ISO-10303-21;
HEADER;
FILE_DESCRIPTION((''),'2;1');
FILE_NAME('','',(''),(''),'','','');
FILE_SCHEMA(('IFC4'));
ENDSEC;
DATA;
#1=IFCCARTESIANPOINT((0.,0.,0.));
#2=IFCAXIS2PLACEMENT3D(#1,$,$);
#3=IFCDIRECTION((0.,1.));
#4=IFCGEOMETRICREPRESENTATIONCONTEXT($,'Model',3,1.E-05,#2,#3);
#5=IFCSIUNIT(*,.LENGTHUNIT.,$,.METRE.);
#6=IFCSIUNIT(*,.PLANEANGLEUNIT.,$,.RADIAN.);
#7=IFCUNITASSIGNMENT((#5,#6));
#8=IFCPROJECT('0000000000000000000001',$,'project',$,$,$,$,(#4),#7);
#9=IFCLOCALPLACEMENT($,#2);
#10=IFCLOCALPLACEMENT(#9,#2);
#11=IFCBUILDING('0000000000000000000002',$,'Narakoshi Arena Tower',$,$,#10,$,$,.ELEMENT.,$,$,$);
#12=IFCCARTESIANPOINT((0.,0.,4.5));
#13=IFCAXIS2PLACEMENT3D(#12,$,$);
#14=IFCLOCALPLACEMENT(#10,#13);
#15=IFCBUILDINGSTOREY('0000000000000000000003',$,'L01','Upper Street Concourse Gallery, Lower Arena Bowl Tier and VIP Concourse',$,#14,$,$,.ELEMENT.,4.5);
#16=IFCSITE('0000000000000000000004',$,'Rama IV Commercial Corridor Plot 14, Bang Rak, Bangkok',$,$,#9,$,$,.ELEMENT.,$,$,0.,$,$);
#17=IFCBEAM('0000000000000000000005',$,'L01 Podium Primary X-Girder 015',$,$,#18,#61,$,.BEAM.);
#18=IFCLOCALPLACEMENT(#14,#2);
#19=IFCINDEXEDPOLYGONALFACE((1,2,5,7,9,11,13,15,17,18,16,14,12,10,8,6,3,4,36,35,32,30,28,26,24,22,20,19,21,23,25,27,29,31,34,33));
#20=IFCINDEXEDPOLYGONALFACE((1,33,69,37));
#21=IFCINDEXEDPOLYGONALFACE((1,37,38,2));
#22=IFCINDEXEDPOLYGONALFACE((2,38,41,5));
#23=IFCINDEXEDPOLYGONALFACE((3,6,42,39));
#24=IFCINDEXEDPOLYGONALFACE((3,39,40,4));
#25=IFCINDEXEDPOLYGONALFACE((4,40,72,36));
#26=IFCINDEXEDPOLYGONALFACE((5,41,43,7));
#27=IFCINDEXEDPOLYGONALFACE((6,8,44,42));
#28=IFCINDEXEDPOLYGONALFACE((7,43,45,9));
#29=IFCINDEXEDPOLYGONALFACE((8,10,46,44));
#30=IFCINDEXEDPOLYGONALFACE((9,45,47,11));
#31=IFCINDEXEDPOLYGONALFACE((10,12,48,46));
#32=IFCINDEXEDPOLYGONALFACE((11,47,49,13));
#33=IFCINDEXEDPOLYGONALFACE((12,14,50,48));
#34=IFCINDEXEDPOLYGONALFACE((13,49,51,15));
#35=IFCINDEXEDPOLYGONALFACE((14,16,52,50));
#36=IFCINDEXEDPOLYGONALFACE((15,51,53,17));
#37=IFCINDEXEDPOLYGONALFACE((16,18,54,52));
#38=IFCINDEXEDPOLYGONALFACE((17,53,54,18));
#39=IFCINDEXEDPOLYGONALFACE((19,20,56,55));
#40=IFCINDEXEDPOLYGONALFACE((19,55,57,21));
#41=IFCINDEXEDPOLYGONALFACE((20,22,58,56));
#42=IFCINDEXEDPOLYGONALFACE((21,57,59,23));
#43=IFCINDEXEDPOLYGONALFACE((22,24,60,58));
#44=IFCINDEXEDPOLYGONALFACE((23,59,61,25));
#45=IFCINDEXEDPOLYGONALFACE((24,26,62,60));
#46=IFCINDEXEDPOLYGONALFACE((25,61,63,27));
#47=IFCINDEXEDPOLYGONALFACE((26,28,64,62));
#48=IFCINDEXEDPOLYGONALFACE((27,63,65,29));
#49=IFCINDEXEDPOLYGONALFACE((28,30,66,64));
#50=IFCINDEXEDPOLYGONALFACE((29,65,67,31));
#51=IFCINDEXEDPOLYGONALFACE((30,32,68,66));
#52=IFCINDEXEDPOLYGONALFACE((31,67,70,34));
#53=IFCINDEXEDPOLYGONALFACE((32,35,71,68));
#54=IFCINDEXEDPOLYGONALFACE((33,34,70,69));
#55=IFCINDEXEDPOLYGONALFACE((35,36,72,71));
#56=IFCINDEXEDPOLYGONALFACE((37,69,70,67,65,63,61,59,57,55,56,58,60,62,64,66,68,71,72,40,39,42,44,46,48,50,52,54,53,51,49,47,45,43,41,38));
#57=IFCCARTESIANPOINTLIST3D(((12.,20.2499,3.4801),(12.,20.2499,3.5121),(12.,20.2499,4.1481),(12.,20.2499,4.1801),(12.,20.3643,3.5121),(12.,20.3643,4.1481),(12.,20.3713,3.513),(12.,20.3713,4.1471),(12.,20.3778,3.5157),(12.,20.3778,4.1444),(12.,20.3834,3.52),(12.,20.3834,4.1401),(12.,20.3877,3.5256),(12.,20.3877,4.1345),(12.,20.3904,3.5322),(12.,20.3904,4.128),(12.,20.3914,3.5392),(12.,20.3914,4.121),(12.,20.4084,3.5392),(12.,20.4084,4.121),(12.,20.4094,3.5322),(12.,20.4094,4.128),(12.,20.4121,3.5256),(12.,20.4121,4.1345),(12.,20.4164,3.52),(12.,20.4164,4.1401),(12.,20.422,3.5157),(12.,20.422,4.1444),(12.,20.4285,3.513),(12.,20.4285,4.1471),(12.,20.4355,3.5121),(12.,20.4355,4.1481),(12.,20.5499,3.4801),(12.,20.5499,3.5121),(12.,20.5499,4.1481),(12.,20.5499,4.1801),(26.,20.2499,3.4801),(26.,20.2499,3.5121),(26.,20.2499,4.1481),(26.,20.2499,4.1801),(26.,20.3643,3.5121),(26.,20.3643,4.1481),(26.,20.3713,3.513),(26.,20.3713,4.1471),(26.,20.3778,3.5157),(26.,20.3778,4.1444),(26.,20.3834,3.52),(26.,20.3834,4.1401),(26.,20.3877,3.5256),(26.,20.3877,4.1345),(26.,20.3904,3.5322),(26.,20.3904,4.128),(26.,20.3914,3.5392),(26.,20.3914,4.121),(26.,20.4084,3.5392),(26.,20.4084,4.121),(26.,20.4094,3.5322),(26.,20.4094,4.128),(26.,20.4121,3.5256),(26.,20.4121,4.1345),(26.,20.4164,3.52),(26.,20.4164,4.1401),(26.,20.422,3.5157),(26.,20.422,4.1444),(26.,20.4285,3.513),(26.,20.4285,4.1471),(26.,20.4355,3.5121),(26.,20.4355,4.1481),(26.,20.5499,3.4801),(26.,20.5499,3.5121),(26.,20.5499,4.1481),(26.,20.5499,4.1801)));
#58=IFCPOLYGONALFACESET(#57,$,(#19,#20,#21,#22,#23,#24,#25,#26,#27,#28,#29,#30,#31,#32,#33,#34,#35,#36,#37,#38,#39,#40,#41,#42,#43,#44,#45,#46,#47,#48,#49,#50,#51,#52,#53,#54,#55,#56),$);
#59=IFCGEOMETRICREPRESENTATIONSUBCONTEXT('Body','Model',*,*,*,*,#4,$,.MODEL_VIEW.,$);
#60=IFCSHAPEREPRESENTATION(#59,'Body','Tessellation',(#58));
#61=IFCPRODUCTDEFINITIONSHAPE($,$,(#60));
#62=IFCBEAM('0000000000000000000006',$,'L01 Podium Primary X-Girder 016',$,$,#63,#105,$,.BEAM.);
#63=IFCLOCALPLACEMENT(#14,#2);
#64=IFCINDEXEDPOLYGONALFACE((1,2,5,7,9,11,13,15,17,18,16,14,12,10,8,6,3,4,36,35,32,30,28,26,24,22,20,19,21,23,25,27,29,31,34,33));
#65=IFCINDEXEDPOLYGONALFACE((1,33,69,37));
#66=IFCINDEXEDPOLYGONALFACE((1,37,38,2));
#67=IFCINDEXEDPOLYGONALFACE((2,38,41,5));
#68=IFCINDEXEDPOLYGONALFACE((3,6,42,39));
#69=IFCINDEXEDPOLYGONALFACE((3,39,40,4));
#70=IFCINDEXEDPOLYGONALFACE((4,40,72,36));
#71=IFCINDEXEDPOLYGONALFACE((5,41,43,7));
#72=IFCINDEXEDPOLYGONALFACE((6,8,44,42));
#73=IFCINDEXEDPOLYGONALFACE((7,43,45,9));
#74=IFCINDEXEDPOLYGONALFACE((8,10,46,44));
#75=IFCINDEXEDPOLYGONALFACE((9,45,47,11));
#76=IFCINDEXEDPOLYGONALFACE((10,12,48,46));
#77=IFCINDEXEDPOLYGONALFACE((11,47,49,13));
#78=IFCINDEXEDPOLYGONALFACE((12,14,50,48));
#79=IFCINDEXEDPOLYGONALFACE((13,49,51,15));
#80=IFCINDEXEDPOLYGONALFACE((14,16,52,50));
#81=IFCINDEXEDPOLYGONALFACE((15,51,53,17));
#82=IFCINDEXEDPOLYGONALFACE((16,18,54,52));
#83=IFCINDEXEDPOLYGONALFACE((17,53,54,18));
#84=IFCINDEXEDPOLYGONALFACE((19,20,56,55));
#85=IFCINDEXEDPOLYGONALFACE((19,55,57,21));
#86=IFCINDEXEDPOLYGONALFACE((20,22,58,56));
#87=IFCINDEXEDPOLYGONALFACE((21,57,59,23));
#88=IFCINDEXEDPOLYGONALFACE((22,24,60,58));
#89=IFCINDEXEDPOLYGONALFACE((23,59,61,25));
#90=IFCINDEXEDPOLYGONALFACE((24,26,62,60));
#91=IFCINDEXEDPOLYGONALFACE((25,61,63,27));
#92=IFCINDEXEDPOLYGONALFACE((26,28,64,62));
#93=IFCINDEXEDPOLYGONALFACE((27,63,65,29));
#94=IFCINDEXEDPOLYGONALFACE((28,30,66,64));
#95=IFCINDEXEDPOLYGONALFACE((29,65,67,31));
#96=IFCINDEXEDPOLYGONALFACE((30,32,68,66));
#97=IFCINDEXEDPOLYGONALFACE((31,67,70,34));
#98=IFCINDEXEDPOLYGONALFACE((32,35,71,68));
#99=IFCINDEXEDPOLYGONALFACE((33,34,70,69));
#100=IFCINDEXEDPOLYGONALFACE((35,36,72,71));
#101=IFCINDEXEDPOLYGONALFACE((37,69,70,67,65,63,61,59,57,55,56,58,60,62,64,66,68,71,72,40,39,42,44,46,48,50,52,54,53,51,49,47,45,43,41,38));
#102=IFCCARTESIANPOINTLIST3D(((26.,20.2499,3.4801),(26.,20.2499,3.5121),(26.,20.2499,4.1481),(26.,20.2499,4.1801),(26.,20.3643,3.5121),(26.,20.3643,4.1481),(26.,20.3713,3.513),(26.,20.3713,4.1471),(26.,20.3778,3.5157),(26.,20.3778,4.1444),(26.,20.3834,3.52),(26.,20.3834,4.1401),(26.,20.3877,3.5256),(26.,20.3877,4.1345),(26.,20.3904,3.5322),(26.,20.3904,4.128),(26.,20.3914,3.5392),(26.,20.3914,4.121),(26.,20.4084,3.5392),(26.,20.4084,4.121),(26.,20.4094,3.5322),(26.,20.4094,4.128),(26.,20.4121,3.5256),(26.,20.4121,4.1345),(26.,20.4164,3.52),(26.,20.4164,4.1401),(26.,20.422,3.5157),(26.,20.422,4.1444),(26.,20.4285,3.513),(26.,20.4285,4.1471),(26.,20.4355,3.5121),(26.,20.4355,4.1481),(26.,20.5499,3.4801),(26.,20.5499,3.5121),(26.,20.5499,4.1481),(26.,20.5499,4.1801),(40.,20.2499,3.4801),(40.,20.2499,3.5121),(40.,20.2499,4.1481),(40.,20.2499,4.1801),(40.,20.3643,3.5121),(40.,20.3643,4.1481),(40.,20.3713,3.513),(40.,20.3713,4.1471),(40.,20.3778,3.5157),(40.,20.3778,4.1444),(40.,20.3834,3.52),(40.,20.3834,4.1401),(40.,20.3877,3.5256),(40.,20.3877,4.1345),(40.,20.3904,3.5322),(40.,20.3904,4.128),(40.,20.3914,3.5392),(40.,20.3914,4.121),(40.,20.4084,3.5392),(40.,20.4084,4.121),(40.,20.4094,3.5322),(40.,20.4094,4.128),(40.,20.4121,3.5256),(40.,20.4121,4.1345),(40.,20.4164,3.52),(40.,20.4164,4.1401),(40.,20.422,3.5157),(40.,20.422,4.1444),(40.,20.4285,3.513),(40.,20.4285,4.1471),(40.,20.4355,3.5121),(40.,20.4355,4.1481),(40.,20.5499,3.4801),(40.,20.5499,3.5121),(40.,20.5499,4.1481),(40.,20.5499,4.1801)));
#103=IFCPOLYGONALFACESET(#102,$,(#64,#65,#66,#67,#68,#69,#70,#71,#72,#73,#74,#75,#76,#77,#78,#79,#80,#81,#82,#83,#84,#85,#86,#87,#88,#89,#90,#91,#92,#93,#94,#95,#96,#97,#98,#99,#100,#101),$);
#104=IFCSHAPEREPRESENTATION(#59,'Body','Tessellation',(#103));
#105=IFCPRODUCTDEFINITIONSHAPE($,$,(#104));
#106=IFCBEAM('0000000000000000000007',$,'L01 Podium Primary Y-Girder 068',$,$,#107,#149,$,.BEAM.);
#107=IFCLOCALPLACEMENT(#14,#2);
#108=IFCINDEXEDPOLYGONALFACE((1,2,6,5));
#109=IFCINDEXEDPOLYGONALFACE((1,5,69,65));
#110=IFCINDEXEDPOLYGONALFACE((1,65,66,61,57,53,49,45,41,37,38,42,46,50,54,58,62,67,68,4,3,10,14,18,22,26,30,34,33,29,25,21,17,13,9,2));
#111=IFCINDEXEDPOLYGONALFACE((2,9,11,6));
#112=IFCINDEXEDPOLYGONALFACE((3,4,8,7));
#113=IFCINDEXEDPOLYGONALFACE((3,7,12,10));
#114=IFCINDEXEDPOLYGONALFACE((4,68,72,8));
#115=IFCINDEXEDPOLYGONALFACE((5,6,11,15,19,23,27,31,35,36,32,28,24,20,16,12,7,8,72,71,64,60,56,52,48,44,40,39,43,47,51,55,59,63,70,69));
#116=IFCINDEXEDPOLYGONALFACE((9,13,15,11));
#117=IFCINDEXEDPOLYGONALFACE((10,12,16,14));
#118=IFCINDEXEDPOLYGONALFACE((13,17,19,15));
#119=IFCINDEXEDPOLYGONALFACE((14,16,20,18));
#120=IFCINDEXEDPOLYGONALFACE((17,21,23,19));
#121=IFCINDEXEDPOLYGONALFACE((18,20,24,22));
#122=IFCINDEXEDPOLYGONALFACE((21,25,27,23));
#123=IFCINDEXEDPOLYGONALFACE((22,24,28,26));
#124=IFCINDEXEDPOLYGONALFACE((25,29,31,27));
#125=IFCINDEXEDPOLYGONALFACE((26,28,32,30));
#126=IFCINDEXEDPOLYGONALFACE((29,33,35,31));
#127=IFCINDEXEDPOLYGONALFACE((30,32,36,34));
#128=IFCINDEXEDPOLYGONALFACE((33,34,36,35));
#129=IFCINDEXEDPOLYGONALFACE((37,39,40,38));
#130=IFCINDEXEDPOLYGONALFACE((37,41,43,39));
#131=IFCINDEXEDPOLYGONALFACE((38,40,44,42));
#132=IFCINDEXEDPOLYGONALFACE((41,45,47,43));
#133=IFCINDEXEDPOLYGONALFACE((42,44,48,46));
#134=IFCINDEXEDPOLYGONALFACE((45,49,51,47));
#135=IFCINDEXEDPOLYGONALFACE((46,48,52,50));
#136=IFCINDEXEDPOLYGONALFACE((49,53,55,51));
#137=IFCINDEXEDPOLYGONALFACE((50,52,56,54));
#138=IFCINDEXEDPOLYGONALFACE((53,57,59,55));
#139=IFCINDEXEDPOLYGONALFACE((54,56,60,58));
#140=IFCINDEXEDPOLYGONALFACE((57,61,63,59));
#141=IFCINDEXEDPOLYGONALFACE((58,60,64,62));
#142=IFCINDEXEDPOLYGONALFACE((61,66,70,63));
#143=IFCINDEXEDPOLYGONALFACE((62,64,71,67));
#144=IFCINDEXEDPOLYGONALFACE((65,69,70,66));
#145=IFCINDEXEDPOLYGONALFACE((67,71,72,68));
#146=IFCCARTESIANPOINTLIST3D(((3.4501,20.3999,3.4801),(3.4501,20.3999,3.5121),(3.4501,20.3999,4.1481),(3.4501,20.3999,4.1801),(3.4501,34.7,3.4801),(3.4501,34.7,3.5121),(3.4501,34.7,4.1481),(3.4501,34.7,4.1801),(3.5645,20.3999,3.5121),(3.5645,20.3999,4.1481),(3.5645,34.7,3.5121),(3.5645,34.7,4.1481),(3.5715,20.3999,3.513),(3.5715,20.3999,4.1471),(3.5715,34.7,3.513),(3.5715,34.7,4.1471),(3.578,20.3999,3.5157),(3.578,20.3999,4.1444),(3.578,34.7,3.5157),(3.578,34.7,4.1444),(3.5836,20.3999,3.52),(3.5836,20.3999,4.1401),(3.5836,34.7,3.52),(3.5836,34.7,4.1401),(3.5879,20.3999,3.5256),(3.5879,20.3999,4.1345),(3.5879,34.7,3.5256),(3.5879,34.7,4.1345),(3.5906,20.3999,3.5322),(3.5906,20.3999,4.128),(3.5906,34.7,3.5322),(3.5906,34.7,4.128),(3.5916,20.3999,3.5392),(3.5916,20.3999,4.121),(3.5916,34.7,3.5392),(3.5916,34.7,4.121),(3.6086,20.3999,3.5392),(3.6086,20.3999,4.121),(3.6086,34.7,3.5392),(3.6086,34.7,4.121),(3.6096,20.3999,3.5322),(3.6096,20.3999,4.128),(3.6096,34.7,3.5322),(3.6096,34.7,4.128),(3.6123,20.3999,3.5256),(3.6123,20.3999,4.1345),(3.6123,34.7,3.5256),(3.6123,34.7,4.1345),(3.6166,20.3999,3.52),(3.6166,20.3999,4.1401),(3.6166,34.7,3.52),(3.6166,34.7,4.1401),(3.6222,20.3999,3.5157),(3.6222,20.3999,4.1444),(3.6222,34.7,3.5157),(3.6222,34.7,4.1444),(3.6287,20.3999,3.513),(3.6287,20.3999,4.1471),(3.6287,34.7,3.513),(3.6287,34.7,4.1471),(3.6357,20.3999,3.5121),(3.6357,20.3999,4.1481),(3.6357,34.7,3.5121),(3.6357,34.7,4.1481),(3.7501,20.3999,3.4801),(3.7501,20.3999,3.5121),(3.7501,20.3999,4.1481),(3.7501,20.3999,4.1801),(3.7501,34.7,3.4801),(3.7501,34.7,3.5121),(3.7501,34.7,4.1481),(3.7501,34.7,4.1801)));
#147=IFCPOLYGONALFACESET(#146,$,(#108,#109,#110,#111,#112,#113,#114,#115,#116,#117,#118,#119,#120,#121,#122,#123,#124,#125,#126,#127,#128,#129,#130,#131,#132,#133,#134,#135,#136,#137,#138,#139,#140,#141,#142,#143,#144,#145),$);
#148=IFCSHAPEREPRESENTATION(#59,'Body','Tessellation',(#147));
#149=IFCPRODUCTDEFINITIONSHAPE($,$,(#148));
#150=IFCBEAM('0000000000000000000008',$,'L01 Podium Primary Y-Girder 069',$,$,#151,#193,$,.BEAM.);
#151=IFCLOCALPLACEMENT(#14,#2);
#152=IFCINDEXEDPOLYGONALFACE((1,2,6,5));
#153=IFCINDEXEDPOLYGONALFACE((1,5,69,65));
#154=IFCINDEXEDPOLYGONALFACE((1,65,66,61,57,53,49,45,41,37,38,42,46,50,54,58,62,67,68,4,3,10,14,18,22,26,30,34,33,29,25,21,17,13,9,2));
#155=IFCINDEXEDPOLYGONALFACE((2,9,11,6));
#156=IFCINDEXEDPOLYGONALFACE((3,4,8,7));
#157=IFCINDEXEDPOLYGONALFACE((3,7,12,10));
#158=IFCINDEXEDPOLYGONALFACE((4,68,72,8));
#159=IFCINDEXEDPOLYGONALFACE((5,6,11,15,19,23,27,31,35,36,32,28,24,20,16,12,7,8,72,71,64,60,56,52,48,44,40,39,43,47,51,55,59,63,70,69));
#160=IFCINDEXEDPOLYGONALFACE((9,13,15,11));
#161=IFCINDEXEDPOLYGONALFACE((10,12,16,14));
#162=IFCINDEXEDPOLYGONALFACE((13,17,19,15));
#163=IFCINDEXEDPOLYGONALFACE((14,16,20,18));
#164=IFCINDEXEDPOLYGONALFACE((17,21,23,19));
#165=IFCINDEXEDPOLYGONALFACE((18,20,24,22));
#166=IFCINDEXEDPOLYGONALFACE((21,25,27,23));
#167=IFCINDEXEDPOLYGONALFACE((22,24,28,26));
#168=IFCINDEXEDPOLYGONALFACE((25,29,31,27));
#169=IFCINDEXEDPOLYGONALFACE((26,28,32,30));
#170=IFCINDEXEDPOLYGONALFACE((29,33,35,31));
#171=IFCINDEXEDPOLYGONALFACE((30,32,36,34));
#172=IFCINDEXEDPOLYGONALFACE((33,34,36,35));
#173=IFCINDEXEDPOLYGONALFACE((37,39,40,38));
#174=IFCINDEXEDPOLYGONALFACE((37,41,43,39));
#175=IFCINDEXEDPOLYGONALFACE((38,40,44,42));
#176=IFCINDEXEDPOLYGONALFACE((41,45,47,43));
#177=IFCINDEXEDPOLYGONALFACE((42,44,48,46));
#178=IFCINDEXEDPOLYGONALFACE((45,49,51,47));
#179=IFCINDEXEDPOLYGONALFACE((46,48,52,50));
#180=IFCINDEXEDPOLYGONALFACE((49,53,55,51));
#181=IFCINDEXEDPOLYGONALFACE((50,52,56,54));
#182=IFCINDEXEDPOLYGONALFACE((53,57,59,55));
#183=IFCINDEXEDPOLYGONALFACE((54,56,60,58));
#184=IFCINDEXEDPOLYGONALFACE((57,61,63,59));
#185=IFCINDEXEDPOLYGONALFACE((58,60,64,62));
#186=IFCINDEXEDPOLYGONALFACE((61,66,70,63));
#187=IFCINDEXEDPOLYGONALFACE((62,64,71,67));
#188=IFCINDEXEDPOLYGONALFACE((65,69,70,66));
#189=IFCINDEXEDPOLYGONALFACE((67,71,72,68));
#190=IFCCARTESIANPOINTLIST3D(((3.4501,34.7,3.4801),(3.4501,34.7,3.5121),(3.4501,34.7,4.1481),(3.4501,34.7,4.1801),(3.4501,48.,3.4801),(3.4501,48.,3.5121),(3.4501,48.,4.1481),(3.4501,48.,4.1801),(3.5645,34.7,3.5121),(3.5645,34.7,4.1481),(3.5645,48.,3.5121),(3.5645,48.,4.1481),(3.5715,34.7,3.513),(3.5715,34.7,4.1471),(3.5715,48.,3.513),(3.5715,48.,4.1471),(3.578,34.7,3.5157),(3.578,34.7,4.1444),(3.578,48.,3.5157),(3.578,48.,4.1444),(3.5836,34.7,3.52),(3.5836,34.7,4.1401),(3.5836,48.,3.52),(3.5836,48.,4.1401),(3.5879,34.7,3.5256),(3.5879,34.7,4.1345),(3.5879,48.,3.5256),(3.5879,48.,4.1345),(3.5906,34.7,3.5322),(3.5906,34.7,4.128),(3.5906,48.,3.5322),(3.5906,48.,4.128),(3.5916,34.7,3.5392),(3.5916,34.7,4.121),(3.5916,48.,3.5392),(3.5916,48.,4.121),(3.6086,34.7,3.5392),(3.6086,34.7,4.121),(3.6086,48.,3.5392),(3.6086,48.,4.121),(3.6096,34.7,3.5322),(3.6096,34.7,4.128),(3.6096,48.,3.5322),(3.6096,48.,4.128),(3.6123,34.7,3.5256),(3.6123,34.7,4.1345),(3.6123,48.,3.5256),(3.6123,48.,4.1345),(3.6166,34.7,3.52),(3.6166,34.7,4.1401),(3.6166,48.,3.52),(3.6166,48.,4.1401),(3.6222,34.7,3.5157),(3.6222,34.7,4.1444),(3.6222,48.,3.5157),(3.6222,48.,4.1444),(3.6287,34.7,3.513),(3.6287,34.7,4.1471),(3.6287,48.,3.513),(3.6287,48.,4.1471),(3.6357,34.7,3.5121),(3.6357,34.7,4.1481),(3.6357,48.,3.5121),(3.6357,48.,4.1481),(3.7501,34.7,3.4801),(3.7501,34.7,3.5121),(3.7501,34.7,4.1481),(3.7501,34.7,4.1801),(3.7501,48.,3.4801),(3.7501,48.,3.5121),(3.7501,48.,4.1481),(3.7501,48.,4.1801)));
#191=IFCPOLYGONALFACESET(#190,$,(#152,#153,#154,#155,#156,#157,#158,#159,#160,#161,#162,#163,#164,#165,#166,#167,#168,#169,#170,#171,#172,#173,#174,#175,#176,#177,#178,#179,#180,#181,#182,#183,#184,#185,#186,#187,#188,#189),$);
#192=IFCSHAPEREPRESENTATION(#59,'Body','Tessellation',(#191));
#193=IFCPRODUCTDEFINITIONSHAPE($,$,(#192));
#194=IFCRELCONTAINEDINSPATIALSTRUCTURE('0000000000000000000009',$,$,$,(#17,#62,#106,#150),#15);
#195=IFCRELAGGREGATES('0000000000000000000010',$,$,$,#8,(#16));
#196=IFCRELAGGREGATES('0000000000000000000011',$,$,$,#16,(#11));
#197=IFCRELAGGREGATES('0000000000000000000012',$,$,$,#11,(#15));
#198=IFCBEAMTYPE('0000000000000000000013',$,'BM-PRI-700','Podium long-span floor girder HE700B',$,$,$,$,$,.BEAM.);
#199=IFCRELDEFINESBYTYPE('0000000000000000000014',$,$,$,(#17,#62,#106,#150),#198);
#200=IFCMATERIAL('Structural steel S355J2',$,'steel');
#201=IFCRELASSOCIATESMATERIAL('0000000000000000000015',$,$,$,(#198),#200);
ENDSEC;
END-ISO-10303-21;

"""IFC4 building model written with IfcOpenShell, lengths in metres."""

from ifc_helpers import new_model, si_unit, direction, frame, origin, origin_2d, place, context, subcontext, project, spatial, i_section, extrude, material, material_profile, profile_set, type_object, element, save


model = new_model("IFC4")

# Units and contexts
model_context = context("Model", 3, precision=1e-05, world=origin(), true_north=direction((0.0, 1.0)))
body_context = subcontext(model_context, "Body", "Model", "MODEL_VIEW")
ifc_project = project(units=[si_unit("LENGTHUNIT", "METRE"), si_unit("PLANEANGLEUNIT", "RADIAN")], contexts=[model_context])

# Site, building, storey
site_placement = place(None, origin())
site = spatial("IfcSite", under=ifc_project, at=site_placement, Name="Rama IV Commercial Corridor Plot 14, Bang Rak, Bangkok", CompositionType="ELEMENT", RefElevation=0.0)
building_placement = place(site_placement, origin())
building = spatial("IfcBuilding", under=site, at=building_placement, Name="Narakoshi Arena Tower", CompositionType="ELEMENT")
storey_placement = place(building_placement, frame((0.0, 0.0, 4.5)))
storey = spatial("IfcBuildingStorey", under=building, at=storey_placement, Name="L01", Description="Upper Street Concourse Gallery, Lower Arena Bowl Tier and VIP Concourse", CompositionType="ELEMENT", Elevation=4.5)

# Beams
ifc_material_1 = material(Name="Structural steel S355J2", Category="steel")
ifc_material_profile_1 = material_profile(ifc_material_1, i_section(OverallWidth=0.3, OverallDepth=0.7, WebThickness=0.0171, FlangeThickness=0.032, FilletRadius=0.0271, at=origin_2d()), Name="HE700B")
ifc_profile_set_1 = profile_set([ifc_material_profile_1], Name="Structural steel S355J2")
beam_type_1 = type_object("IfcBeamType", Name="BM-PRI-700", Description="Podium long-span floor girder HE700B", PredefinedType="BEAM", material=ifc_profile_set_1)
for number, where, z_axis, x_axis, name in (
    (1, (12.0, 20.3999, 3.8301), (1.0, 0.0, 0.0), (0.0, 1.0, 0.0), "L01 Podium Primary X-Girder 015"),
    (2, (26.0, 20.3999, 3.8301), (1.0, 0.0, 0.0), (0.0, 1.0, 0.0), "L01 Podium Primary X-Girder 016"),
):
    element("IfcBeam", number, at=place(storey_placement, frame(where, z_axis=z_axis, x_axis=x_axis)), inside=storey, type_object=beam_type_1, Name=name, PredefinedType="BEAM", context=body_context, shape_type="SweptSolid", body=[
        extrude(i_section(OverallWidth=0.3, OverallDepth=0.7, WebThickness=0.0171, FlangeThickness=0.032, FilletRadius=0.0271, at=origin_2d()), origin(), (0.0, 0.0, 1.0), 14.0),
    ])
beam_1_placement = place(storey_placement, frame((3.6001, 20.3999, 3.8301), z_axis=(0.0, 1.0, 0.0), x_axis=(-1.0, 0.0, 0.0)))
element("IfcBeam", 3, at=beam_1_placement, inside=storey, type_object=beam_type_1, Name="L01 Podium Primary Y-Girder 068", PredefinedType="BEAM", context=body_context, shape_type="SweptSolid", body=[
    extrude(i_section(OverallWidth=0.3, OverallDepth=0.7, WebThickness=0.0171, FlangeThickness=0.032, FilletRadius=0.0271, at=origin_2d()), origin(), (0.0, 0.0, 1.0), 14.3),
])
beam_2_placement = place(storey_placement, frame((3.6001, 34.7, 3.8301), z_axis=(0.0, 1.0, 0.0), x_axis=(-1.0, 0.0, 0.0)))
element("IfcBeam", 4, at=beam_2_placement, inside=storey, type_object=beam_type_1, Name="L01 Podium Primary Y-Girder 069", PredefinedType="BEAM", context=body_context, shape_type="SweptSolid", body=[
    extrude(i_section(OverallWidth=0.3, OverallDepth=0.7, WebThickness=0.0171, FlangeThickness=0.032, FilletRadius=0.0271, at=origin_2d()), origin(), (0.0, 0.0, 1.0), 13.3),
])

save(model, "model.ifc")
